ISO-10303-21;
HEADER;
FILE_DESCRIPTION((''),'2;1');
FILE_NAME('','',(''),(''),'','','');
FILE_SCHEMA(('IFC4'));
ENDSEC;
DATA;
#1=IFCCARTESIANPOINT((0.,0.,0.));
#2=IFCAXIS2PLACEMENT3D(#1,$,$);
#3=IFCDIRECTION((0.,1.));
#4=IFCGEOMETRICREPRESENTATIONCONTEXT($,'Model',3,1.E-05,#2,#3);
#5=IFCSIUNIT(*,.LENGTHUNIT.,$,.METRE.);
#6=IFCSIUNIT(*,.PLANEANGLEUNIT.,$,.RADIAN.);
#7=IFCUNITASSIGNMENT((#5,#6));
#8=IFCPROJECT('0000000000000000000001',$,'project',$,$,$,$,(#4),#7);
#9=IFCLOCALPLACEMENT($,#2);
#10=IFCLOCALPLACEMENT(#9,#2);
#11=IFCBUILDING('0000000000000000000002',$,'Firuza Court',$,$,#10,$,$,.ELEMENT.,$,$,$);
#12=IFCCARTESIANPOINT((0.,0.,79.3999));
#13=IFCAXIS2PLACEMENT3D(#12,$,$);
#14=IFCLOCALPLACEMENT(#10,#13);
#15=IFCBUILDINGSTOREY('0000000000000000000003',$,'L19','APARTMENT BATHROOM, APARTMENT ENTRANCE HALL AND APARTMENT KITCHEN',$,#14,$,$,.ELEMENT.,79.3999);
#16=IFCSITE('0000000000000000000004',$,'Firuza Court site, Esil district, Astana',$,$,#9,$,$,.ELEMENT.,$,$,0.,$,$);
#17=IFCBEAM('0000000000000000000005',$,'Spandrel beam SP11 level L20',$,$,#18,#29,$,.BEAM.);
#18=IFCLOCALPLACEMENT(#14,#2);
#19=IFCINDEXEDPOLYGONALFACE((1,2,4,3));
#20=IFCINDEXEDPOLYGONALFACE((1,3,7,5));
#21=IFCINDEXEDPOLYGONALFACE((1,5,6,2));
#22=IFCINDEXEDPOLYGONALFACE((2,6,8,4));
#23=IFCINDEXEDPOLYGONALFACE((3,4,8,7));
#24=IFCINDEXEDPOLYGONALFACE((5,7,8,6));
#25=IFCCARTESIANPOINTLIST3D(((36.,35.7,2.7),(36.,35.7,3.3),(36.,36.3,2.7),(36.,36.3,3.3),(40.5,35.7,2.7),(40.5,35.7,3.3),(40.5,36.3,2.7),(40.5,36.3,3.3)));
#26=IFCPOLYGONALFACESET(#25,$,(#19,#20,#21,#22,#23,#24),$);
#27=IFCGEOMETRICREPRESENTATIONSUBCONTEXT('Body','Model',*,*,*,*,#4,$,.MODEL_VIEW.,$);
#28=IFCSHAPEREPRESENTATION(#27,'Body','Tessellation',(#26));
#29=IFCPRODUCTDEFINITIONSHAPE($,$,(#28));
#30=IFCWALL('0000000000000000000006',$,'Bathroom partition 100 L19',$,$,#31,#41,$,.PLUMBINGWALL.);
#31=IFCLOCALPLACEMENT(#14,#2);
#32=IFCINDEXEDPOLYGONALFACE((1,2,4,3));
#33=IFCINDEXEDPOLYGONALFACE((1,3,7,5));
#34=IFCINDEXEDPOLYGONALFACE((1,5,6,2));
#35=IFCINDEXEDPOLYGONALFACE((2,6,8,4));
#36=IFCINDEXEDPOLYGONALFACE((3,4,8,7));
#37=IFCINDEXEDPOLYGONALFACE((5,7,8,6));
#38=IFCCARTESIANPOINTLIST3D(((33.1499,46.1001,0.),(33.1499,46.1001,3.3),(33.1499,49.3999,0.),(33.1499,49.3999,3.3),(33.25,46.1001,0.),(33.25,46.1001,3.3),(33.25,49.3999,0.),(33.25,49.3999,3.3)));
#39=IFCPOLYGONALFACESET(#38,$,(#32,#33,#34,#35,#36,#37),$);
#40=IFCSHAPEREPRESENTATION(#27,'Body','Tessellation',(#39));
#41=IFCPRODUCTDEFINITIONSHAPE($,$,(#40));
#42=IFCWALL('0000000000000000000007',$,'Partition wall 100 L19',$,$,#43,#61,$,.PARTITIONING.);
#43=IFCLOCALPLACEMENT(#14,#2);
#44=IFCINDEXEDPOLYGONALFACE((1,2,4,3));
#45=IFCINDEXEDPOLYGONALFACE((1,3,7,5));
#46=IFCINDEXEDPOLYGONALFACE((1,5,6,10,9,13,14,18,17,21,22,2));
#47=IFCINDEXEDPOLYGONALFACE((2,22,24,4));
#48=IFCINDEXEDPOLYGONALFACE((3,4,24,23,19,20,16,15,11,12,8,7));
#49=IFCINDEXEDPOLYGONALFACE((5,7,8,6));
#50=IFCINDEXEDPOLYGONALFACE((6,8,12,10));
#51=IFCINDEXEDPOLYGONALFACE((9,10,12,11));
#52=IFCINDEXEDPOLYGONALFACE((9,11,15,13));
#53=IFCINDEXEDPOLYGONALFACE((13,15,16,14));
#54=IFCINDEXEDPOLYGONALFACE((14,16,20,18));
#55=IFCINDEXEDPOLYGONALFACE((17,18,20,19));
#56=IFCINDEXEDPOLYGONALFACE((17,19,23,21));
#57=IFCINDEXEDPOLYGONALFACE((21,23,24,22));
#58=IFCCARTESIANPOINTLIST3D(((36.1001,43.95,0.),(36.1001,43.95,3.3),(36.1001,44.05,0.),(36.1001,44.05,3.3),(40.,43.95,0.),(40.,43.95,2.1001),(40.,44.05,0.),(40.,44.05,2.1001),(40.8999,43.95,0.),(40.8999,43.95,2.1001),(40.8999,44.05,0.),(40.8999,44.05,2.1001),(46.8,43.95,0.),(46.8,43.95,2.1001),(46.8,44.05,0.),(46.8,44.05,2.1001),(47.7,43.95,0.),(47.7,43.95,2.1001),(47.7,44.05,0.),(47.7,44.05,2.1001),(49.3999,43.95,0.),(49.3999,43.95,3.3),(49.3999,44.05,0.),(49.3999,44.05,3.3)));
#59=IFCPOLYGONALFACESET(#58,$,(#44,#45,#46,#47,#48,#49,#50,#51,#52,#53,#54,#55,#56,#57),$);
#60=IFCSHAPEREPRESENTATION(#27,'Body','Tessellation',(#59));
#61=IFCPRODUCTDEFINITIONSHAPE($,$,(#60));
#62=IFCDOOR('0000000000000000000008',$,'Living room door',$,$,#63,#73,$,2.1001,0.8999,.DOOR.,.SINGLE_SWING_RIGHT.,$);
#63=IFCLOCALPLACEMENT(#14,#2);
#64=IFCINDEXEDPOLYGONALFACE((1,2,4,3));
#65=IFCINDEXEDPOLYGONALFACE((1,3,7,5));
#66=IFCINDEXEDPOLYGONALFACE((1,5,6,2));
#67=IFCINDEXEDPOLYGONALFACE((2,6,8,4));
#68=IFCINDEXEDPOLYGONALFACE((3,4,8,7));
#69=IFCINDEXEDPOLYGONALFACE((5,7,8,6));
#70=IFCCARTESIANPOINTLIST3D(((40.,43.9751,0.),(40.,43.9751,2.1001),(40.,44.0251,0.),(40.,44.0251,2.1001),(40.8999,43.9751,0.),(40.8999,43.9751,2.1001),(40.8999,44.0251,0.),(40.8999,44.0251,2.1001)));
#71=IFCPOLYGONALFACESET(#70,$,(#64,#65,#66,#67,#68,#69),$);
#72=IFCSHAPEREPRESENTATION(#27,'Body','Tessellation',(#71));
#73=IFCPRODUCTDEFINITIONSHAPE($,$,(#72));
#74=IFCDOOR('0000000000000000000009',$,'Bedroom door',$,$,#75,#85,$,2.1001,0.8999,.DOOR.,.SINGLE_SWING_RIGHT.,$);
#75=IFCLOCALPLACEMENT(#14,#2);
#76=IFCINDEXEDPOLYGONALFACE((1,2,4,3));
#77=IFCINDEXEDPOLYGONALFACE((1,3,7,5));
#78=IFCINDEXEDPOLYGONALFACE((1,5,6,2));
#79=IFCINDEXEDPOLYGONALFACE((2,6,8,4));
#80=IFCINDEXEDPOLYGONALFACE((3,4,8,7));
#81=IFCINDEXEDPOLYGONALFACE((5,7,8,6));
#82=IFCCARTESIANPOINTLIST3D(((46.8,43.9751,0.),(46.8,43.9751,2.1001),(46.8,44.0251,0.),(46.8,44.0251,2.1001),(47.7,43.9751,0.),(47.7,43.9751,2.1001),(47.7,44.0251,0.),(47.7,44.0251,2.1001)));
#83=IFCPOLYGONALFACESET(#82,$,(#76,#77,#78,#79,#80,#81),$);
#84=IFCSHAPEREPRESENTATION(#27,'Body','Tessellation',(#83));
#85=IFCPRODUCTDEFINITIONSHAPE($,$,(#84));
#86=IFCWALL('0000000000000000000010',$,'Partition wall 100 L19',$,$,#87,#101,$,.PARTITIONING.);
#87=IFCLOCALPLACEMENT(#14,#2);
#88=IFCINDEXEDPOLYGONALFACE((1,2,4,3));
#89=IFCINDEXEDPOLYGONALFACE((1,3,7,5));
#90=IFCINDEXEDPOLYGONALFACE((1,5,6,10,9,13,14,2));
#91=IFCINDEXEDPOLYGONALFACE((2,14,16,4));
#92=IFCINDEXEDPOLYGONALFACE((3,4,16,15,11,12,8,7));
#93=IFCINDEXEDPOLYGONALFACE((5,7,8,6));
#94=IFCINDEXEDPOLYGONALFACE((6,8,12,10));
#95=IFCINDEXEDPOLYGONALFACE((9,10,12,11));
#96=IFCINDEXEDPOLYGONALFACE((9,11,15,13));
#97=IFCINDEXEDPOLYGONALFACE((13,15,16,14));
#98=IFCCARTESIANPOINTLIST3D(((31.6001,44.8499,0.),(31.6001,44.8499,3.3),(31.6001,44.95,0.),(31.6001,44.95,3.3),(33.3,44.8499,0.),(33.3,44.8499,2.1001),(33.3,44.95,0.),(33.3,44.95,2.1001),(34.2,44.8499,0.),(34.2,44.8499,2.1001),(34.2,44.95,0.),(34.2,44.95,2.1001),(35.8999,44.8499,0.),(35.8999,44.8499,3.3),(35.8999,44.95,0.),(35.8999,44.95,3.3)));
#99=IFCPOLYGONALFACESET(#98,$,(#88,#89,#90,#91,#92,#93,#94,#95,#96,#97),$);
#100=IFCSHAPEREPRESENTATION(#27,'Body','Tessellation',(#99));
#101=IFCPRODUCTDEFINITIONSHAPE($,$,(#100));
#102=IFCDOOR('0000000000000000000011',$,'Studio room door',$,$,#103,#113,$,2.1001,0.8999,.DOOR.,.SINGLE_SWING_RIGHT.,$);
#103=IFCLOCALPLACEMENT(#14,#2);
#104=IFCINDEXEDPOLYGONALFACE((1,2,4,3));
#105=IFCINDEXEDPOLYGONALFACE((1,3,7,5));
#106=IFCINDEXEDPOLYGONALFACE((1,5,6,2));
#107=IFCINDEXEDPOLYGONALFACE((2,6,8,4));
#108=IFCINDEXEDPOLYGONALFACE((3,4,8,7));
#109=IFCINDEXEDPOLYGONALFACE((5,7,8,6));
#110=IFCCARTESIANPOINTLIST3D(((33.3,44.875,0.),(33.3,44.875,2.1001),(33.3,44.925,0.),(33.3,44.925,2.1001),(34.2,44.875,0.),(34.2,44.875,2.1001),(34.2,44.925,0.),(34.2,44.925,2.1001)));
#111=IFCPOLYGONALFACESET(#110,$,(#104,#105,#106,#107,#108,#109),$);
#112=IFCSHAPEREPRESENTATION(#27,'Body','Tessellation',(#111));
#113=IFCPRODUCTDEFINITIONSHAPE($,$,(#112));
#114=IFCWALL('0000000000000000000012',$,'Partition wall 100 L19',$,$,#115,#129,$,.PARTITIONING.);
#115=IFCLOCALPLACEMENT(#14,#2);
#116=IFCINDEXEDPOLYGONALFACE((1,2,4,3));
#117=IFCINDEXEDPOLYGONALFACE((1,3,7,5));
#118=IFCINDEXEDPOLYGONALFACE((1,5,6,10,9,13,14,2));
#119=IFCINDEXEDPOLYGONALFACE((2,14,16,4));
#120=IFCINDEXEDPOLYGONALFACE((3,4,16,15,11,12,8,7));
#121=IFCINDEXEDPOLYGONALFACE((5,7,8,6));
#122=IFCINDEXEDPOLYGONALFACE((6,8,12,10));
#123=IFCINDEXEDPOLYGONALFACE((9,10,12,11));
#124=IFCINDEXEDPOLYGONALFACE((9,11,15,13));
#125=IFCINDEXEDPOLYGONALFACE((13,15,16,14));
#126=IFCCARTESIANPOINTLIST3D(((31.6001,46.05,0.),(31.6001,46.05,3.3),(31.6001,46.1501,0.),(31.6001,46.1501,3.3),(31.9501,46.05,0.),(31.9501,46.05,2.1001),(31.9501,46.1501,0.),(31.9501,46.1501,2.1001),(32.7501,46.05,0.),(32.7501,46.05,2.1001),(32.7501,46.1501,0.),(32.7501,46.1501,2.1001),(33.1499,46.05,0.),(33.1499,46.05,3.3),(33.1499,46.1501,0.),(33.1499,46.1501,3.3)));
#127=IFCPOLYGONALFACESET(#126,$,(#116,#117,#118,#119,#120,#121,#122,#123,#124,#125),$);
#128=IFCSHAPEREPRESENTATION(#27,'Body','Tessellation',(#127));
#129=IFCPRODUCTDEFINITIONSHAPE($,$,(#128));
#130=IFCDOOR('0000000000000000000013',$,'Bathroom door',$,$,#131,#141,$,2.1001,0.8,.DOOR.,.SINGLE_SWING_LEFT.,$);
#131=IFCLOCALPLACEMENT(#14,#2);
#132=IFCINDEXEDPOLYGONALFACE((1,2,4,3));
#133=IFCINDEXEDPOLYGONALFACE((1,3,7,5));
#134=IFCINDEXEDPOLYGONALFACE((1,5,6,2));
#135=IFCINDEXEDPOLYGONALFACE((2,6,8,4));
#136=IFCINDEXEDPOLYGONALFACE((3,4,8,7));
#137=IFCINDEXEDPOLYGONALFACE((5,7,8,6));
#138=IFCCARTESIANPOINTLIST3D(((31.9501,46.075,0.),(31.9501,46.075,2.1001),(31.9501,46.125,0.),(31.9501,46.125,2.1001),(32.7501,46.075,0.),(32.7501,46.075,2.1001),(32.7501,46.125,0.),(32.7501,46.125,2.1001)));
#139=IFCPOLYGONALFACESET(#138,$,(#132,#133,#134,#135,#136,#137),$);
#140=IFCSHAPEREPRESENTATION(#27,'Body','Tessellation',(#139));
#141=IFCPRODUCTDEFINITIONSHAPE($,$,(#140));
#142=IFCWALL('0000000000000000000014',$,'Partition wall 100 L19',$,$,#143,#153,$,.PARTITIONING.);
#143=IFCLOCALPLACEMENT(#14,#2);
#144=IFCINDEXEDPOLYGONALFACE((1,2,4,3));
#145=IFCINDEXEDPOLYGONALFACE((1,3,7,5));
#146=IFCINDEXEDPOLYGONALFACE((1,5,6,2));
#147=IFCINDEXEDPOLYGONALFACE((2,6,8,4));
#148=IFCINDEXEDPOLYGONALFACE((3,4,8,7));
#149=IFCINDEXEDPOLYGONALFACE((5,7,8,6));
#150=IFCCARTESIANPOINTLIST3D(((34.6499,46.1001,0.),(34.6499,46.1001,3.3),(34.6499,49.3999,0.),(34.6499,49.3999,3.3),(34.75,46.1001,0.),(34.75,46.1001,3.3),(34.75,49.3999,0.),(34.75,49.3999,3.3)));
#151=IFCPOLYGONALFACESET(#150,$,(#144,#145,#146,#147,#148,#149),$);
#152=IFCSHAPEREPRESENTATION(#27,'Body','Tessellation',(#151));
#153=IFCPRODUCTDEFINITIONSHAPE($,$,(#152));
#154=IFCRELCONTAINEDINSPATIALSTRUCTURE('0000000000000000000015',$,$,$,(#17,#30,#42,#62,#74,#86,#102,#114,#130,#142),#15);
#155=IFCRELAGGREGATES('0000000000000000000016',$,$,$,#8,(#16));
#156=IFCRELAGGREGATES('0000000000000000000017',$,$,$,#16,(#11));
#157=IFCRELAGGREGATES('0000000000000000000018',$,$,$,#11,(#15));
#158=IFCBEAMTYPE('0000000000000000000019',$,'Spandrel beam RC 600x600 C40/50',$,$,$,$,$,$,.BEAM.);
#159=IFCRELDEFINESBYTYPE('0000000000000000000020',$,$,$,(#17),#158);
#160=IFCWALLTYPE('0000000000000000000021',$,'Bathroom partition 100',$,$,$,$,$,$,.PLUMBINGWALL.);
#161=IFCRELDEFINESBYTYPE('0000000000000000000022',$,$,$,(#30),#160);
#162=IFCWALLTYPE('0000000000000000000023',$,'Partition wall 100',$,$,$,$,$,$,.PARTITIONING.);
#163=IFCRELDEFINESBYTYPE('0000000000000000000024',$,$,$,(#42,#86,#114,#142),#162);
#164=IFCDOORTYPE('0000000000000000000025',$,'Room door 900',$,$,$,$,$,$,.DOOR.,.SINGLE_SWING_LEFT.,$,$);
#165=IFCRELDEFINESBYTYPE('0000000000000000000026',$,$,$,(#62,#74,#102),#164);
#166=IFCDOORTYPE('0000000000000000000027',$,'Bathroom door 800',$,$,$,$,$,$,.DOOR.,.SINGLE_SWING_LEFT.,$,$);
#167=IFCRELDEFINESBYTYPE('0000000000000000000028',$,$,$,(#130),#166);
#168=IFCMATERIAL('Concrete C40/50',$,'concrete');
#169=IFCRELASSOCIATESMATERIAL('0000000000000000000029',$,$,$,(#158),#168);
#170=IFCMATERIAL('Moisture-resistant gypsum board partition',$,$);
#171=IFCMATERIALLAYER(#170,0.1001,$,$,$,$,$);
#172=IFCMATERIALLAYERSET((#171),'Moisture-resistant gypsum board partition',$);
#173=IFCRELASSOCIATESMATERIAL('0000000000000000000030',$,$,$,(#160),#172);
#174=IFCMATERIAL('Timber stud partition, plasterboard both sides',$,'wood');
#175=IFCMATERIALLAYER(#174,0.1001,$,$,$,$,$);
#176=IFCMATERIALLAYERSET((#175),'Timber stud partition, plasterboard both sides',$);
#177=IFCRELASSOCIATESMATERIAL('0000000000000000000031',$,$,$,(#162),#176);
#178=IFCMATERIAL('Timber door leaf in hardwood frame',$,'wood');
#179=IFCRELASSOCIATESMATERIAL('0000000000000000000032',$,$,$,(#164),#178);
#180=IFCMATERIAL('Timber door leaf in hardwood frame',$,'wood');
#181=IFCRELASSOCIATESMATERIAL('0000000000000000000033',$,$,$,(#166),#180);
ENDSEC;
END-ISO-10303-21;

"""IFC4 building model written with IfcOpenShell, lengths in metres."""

from ifc_helpers import new_model, si_unit, direction, frame, frame_2d, origin, origin_2d, place, context, subcontext, project, spatial, rectangle, extrude, material, layer, layer_set, material_profile, profile_set, type_object, element, fill, save


model = new_model("IFC4")

# Units and contexts
model_context = context("Model", 3, precision=1e-05, world=origin(), true_north=direction((0.0, 1.0)))
body_context = subcontext(model_context, "Body", "Model", "MODEL_VIEW")
ifc_project = project(units=[si_unit("LENGTHUNIT", "METRE"), si_unit("PLANEANGLEUNIT", "RADIAN")], contexts=[model_context])

# Site, building, storey
site_placement = place(None, origin())
site = spatial("IfcSite", under=ifc_project, at=site_placement, Name="Firuza Court site, Esil district, Astana", CompositionType="ELEMENT", RefElevation=0.0)
building_placement = place(site_placement, origin())
building = spatial("IfcBuilding", under=site, at=building_placement, Name="Firuza Court", CompositionType="ELEMENT")
storey_placement = place(building_placement, frame((0.0, 0.0, 79.3999)))
storey = spatial("IfcBuildingStorey", under=building, at=storey_placement, Name="L19", Description="APARTMENT BATHROOM, APARTMENT ENTRANCE HALL AND APARTMENT KITCHEN", CompositionType="ELEMENT", Elevation=79.3999)

# Beam
ifc_material_1 = material(Name="Concrete C40/50", Category="concrete")
ifc_material_profile = material_profile(ifc_material_1, rectangle(XDim=0.6001, YDim=0.6001, at=origin_2d()), Name="RC 600x600")
ifc_profile_set = profile_set([ifc_material_profile], Name="Concrete C40/50")
beam_type = type_object("IfcBeamType", Name="Spandrel beam RC 600x600 C40/50", PredefinedType="BEAM", material=ifc_profile_set)
beam_placement = place(storey_placement, frame((36.0, 36.0, 3.0), z_axis=(1.0, 0.0, 0.0), x_axis=(0.0, 1.0, 0.0)))
element("IfcBeam", 1, at=beam_placement, inside=storey, type_object=beam_type, Name="Spandrel beam SP11 level L20", PredefinedType="BEAM", context=body_context, shape_type="SweptSolid", body=[
    extrude(rectangle(XDim=0.6001, YDim=0.6001, at=origin_2d()), origin(), (0.0, 0.0, 1.0), 4.5),
])

# Wall
ifc_material_2 = material(Name="Moisture-resistant gypsum board partition")
ifc_layer_1 = layer(ifc_material_2, 0.1001)
ifc_layer_set_1 = layer_set([ifc_layer_1], Name="Moisture-resistant gypsum board partition")
wall_type_1 = type_object("IfcWallType", Name="Bathroom partition 100", PredefinedType="PLUMBINGWALL", material=ifc_layer_set_1)
wall_1_placement = place(storey_placement, frame((33.2, 46.1001, 0.0), z_axis=(0.0, 0.0, 1.0), x_axis=(0.0, 1.0, 0.0)))
element("IfcWall", 2, at=wall_1_placement, inside=storey, type_object=wall_type_1, Name="Bathroom partition 100 L19", PredefinedType="PLUMBINGWALL", context=body_context, shape_type="SweptSolid", body=[
    extrude(rectangle(XDim=3.2998, YDim=0.1001, at=frame_2d((1.6499, 0.0))), origin(), (0.0, 0.0, 1.0), 3.3),
])

# Wall, openings, doors
ifc_material_3 = material(Name="Timber stud partition, plasterboard both sides", Category="wood")
ifc_layer_2 = layer(ifc_material_3, 0.1001)
ifc_layer_set_2 = layer_set([ifc_layer_2], Name="Timber stud partition, plasterboard both sides")
wall_type_2 = type_object("IfcWallType", Name="Partition wall 100", PredefinedType="PARTITIONING", material=ifc_layer_set_2)
wall_2_placement = place(storey_placement, frame((36.1001, 44.0, 0.0), z_axis=(0.0, 0.0, 1.0), x_axis=(1.0, 0.0, 0.0)))
wall_2 = element("IfcWall", 3, at=wall_2_placement, inside=storey, type_object=wall_type_2, Name="Partition wall 100 L19", PredefinedType="PARTITIONING", context=body_context, shape_type="SweptSolid", body=[
    extrude(rectangle(XDim=13.2998, YDim=0.1001, at=frame_2d((6.6499, 0.0))), origin(), (0.0, 0.0, 1.0), 3.3),
])
opening_1_placement = place(wall_2_placement, frame((3.8999, 0.0, 0.0)))
opening_1 = element("IfcOpeningElement", 4, at=opening_1_placement, cuts=wall_2, PredefinedType="OPENING", context=body_context, shape_type="SweptSolid", body=[
    extrude(rectangle(XDim=0.8999, YDim=2.1001, at=frame_2d((0.45, 1.05))), frame((0.0, 0.062, 0.0), z_axis=(0.0, -1.0, 0.0), x_axis=(1.0, 0.0, 0.0)), (0.0, 0.0, 1.0), 0.124),
])
opening_2_placement = place(wall_2_placement, frame((10.7, 0.0, 0.0)))
opening_2 = element("IfcOpeningElement", 5, at=opening_2_placement, cuts=wall_2, PredefinedType="OPENING", context=body_context, shape_type="SweptSolid", body=[
    extrude(rectangle(XDim=0.8999, YDim=2.1001, at=frame_2d((0.45, 1.05))), frame((0.0, 0.062, 0.0), z_axis=(0.0, -1.0, 0.0), x_axis=(1.0, 0.0, 0.0)), (0.0, 0.0, 1.0), 0.124),
])
ifc_material_4 = material(Name="Timber door leaf in hardwood frame", Category="wood")
door_type_1 = type_object("IfcDoorType", Name="Room door 900", OperationType="SINGLE_SWING_LEFT", PredefinedType="DOOR", material=ifc_material_4)
door_1_placement = place(opening_1_placement, frame((0.8999, 0.0, 0.0), z_axis=(0.0, 0.0, 1.0), x_axis=(-1.0, 0.0, 0.0)))
door_1 = element("IfcDoor", 6, at=door_1_placement, inside=storey, type_object=door_type_1, Name="Living room door", OperationType="SINGLE_SWING_RIGHT", OverallHeight=2.1001, OverallWidth=0.8999, PredefinedType="DOOR", context=body_context, shape_type="SweptSolid", body=[
    extrude(rectangle(XDim=0.8999, YDim=2.1001, at=frame_2d((0.45, 1.05))), frame((0.0, 0.0249, 0.0), z_axis=(0.0, -1.0, 0.0), x_axis=(1.0, 0.0, 0.0)), (0.0, 0.0, 1.0), 0.05),
])
fill(opening_1, door_1)
door_2_placement = place(opening_2_placement, frame((0.8999, 0.0, 0.0), z_axis=(0.0, 0.0, 1.0), x_axis=(-1.0, 0.0, 0.0)))
door_2 = element("IfcDoor", 7, at=door_2_placement, inside=storey, type_object=door_type_1, Name="Bedroom door", OperationType="SINGLE_SWING_RIGHT", OverallHeight=2.1001, OverallWidth=0.8999, PredefinedType="DOOR", context=body_context, shape_type="SweptSolid", body=[
    extrude(rectangle(XDim=0.8999, YDim=2.1001, at=frame_2d((0.45, 1.05))), frame((0.0, 0.0249, 0.0), z_axis=(0.0, -1.0, 0.0), x_axis=(1.0, 0.0, 0.0)), (0.0, 0.0, 1.0), 0.05),
])
fill(opening_2, door_2)

# Walls, openings, doors
wall_3_placement = place(storey_placement, frame((31.6001, 44.8999, 0.0), z_axis=(0.0, 0.0, 1.0), x_axis=(1.0, 0.0, 0.0)))
wall_3 = element("IfcWall", 8, at=wall_3_placement, inside=storey, type_object=wall_type_2, Name="Partition wall 100 L19", PredefinedType="PARTITIONING", context=body_context, shape_type="SweptSolid", body=[
    extrude(rectangle(XDim=4.2998, YDim=0.1001, at=frame_2d((2.1499, 0.0))), origin(), (0.0, 0.0, 1.0), 3.3),
])
opening_3_placement = place(wall_3_placement, frame((1.7, 0.0, 0.0)))
opening_3 = element("IfcOpeningElement", 9, at=opening_3_placement, cuts=wall_3, PredefinedType="OPENING", context=body_context, shape_type="SweptSolid", body=[
    extrude(rectangle(XDim=0.8999, YDim=2.1001, at=frame_2d((0.45, 1.05))), frame((0.0, 0.062, 0.0), z_axis=(0.0, -1.0, 0.0), x_axis=(1.0, 0.0, 0.0)), (0.0, 0.0, 1.0), 0.124),
])
door_3_placement = place(opening_3_placement, frame((0.8999, 0.0, 0.0), z_axis=(0.0, 0.0, 1.0), x_axis=(-1.0, 0.0, 0.0)))
door_3 = element("IfcDoor", 10, at=door_3_placement, inside=storey, type_object=door_type_1, Name="Studio room door", OperationType="SINGLE_SWING_RIGHT", OverallHeight=2.1001, OverallWidth=0.8999, PredefinedType="DOOR", context=body_context, shape_type="SweptSolid", body=[
    extrude(rectangle(XDim=0.8999, YDim=2.1001, at=frame_2d((0.45, 1.05))), frame((0.0, 0.0249, 0.0), z_axis=(0.0, -1.0, 0.0), x_axis=(1.0, 0.0, 0.0)), (0.0, 0.0, 1.0), 0.05),
])
fill(opening_3, door_3)
wall_4_placement = place(storey_placement, frame((31.6001, 46.1001, 0.0), z_axis=(0.0, 0.0, 1.0), x_axis=(1.0, 0.0, 0.0)))
wall_4 = element("IfcWall", 11, at=wall_4_placement, inside=storey, type_object=wall_type_2, Name="Partition wall 100 L19", PredefinedType="PARTITIONING", context=body_context, shape_type="SweptSolid", body=[
    extrude(rectangle(XDim=1.5498, YDim=0.1001, at=frame_2d((0.7749, 0.0))), origin(), (0.0, 0.0, 1.0), 3.3),
])
opening_4_placement = place(wall_4_placement, frame((0.3501, 0.0, 0.0)))
opening_4 = element("IfcOpeningElement", 12, at=opening_4_placement, cuts=wall_4, PredefinedType="OPENING", context=body_context, shape_type="SweptSolid", body=[
    extrude(rectangle(XDim=0.8, YDim=2.1001, at=frame_2d((0.3999, 1.05))), frame((0.0, 0.062, 0.0), z_axis=(0.0, -1.0, 0.0), x_axis=(1.0, 0.0, 0.0)), (0.0, 0.0, 1.0), 0.124),
])
ifc_material_5 = material(Name="Timber door leaf in hardwood frame", Category="wood")
door_type_2 = type_object("IfcDoorType", Name="Bathroom door 800", OperationType="SINGLE_SWING_LEFT", PredefinedType="DOOR", material=ifc_material_5)
door_4_placement = place(opening_4_placement, origin())
door_4 = element("IfcDoor", 13, at=door_4_placement, inside=storey, type_object=door_type_2, Name="Bathroom door", OperationType="SINGLE_SWING_LEFT", OverallHeight=2.1001, OverallWidth=0.8, PredefinedType="DOOR", context=body_context, shape_type="SweptSolid", body=[
    extrude(rectangle(XDim=0.8, YDim=2.1001, at=frame_2d((0.3999, 1.05))), frame((0.0, 0.0249, 0.0), z_axis=(0.0, -1.0, 0.0), x_axis=(1.0, 0.0, 0.0)), (0.0, 0.0, 1.0), 0.05),
])
fill(opening_4, door_4)

# Wall
wall_5_placement = place(storey_placement, frame((34.7, 46.1001, 0.0), z_axis=(0.0, 0.0, 1.0), x_axis=(0.0, 1.0, 0.0)))
element("IfcWall", 14, at=wall_5_placement, inside=storey, type_object=wall_type_2, Name="Partition wall 100 L19", PredefinedType="PARTITIONING", context=body_context, shape_type="SweptSolid", body=[
    extrude(rectangle(XDim=3.2998, YDim=0.1001, at=frame_2d((1.6499, 0.0))), origin(), (0.0, 0.0, 1.0), 3.3),
])

save(model, "model.ifc")
